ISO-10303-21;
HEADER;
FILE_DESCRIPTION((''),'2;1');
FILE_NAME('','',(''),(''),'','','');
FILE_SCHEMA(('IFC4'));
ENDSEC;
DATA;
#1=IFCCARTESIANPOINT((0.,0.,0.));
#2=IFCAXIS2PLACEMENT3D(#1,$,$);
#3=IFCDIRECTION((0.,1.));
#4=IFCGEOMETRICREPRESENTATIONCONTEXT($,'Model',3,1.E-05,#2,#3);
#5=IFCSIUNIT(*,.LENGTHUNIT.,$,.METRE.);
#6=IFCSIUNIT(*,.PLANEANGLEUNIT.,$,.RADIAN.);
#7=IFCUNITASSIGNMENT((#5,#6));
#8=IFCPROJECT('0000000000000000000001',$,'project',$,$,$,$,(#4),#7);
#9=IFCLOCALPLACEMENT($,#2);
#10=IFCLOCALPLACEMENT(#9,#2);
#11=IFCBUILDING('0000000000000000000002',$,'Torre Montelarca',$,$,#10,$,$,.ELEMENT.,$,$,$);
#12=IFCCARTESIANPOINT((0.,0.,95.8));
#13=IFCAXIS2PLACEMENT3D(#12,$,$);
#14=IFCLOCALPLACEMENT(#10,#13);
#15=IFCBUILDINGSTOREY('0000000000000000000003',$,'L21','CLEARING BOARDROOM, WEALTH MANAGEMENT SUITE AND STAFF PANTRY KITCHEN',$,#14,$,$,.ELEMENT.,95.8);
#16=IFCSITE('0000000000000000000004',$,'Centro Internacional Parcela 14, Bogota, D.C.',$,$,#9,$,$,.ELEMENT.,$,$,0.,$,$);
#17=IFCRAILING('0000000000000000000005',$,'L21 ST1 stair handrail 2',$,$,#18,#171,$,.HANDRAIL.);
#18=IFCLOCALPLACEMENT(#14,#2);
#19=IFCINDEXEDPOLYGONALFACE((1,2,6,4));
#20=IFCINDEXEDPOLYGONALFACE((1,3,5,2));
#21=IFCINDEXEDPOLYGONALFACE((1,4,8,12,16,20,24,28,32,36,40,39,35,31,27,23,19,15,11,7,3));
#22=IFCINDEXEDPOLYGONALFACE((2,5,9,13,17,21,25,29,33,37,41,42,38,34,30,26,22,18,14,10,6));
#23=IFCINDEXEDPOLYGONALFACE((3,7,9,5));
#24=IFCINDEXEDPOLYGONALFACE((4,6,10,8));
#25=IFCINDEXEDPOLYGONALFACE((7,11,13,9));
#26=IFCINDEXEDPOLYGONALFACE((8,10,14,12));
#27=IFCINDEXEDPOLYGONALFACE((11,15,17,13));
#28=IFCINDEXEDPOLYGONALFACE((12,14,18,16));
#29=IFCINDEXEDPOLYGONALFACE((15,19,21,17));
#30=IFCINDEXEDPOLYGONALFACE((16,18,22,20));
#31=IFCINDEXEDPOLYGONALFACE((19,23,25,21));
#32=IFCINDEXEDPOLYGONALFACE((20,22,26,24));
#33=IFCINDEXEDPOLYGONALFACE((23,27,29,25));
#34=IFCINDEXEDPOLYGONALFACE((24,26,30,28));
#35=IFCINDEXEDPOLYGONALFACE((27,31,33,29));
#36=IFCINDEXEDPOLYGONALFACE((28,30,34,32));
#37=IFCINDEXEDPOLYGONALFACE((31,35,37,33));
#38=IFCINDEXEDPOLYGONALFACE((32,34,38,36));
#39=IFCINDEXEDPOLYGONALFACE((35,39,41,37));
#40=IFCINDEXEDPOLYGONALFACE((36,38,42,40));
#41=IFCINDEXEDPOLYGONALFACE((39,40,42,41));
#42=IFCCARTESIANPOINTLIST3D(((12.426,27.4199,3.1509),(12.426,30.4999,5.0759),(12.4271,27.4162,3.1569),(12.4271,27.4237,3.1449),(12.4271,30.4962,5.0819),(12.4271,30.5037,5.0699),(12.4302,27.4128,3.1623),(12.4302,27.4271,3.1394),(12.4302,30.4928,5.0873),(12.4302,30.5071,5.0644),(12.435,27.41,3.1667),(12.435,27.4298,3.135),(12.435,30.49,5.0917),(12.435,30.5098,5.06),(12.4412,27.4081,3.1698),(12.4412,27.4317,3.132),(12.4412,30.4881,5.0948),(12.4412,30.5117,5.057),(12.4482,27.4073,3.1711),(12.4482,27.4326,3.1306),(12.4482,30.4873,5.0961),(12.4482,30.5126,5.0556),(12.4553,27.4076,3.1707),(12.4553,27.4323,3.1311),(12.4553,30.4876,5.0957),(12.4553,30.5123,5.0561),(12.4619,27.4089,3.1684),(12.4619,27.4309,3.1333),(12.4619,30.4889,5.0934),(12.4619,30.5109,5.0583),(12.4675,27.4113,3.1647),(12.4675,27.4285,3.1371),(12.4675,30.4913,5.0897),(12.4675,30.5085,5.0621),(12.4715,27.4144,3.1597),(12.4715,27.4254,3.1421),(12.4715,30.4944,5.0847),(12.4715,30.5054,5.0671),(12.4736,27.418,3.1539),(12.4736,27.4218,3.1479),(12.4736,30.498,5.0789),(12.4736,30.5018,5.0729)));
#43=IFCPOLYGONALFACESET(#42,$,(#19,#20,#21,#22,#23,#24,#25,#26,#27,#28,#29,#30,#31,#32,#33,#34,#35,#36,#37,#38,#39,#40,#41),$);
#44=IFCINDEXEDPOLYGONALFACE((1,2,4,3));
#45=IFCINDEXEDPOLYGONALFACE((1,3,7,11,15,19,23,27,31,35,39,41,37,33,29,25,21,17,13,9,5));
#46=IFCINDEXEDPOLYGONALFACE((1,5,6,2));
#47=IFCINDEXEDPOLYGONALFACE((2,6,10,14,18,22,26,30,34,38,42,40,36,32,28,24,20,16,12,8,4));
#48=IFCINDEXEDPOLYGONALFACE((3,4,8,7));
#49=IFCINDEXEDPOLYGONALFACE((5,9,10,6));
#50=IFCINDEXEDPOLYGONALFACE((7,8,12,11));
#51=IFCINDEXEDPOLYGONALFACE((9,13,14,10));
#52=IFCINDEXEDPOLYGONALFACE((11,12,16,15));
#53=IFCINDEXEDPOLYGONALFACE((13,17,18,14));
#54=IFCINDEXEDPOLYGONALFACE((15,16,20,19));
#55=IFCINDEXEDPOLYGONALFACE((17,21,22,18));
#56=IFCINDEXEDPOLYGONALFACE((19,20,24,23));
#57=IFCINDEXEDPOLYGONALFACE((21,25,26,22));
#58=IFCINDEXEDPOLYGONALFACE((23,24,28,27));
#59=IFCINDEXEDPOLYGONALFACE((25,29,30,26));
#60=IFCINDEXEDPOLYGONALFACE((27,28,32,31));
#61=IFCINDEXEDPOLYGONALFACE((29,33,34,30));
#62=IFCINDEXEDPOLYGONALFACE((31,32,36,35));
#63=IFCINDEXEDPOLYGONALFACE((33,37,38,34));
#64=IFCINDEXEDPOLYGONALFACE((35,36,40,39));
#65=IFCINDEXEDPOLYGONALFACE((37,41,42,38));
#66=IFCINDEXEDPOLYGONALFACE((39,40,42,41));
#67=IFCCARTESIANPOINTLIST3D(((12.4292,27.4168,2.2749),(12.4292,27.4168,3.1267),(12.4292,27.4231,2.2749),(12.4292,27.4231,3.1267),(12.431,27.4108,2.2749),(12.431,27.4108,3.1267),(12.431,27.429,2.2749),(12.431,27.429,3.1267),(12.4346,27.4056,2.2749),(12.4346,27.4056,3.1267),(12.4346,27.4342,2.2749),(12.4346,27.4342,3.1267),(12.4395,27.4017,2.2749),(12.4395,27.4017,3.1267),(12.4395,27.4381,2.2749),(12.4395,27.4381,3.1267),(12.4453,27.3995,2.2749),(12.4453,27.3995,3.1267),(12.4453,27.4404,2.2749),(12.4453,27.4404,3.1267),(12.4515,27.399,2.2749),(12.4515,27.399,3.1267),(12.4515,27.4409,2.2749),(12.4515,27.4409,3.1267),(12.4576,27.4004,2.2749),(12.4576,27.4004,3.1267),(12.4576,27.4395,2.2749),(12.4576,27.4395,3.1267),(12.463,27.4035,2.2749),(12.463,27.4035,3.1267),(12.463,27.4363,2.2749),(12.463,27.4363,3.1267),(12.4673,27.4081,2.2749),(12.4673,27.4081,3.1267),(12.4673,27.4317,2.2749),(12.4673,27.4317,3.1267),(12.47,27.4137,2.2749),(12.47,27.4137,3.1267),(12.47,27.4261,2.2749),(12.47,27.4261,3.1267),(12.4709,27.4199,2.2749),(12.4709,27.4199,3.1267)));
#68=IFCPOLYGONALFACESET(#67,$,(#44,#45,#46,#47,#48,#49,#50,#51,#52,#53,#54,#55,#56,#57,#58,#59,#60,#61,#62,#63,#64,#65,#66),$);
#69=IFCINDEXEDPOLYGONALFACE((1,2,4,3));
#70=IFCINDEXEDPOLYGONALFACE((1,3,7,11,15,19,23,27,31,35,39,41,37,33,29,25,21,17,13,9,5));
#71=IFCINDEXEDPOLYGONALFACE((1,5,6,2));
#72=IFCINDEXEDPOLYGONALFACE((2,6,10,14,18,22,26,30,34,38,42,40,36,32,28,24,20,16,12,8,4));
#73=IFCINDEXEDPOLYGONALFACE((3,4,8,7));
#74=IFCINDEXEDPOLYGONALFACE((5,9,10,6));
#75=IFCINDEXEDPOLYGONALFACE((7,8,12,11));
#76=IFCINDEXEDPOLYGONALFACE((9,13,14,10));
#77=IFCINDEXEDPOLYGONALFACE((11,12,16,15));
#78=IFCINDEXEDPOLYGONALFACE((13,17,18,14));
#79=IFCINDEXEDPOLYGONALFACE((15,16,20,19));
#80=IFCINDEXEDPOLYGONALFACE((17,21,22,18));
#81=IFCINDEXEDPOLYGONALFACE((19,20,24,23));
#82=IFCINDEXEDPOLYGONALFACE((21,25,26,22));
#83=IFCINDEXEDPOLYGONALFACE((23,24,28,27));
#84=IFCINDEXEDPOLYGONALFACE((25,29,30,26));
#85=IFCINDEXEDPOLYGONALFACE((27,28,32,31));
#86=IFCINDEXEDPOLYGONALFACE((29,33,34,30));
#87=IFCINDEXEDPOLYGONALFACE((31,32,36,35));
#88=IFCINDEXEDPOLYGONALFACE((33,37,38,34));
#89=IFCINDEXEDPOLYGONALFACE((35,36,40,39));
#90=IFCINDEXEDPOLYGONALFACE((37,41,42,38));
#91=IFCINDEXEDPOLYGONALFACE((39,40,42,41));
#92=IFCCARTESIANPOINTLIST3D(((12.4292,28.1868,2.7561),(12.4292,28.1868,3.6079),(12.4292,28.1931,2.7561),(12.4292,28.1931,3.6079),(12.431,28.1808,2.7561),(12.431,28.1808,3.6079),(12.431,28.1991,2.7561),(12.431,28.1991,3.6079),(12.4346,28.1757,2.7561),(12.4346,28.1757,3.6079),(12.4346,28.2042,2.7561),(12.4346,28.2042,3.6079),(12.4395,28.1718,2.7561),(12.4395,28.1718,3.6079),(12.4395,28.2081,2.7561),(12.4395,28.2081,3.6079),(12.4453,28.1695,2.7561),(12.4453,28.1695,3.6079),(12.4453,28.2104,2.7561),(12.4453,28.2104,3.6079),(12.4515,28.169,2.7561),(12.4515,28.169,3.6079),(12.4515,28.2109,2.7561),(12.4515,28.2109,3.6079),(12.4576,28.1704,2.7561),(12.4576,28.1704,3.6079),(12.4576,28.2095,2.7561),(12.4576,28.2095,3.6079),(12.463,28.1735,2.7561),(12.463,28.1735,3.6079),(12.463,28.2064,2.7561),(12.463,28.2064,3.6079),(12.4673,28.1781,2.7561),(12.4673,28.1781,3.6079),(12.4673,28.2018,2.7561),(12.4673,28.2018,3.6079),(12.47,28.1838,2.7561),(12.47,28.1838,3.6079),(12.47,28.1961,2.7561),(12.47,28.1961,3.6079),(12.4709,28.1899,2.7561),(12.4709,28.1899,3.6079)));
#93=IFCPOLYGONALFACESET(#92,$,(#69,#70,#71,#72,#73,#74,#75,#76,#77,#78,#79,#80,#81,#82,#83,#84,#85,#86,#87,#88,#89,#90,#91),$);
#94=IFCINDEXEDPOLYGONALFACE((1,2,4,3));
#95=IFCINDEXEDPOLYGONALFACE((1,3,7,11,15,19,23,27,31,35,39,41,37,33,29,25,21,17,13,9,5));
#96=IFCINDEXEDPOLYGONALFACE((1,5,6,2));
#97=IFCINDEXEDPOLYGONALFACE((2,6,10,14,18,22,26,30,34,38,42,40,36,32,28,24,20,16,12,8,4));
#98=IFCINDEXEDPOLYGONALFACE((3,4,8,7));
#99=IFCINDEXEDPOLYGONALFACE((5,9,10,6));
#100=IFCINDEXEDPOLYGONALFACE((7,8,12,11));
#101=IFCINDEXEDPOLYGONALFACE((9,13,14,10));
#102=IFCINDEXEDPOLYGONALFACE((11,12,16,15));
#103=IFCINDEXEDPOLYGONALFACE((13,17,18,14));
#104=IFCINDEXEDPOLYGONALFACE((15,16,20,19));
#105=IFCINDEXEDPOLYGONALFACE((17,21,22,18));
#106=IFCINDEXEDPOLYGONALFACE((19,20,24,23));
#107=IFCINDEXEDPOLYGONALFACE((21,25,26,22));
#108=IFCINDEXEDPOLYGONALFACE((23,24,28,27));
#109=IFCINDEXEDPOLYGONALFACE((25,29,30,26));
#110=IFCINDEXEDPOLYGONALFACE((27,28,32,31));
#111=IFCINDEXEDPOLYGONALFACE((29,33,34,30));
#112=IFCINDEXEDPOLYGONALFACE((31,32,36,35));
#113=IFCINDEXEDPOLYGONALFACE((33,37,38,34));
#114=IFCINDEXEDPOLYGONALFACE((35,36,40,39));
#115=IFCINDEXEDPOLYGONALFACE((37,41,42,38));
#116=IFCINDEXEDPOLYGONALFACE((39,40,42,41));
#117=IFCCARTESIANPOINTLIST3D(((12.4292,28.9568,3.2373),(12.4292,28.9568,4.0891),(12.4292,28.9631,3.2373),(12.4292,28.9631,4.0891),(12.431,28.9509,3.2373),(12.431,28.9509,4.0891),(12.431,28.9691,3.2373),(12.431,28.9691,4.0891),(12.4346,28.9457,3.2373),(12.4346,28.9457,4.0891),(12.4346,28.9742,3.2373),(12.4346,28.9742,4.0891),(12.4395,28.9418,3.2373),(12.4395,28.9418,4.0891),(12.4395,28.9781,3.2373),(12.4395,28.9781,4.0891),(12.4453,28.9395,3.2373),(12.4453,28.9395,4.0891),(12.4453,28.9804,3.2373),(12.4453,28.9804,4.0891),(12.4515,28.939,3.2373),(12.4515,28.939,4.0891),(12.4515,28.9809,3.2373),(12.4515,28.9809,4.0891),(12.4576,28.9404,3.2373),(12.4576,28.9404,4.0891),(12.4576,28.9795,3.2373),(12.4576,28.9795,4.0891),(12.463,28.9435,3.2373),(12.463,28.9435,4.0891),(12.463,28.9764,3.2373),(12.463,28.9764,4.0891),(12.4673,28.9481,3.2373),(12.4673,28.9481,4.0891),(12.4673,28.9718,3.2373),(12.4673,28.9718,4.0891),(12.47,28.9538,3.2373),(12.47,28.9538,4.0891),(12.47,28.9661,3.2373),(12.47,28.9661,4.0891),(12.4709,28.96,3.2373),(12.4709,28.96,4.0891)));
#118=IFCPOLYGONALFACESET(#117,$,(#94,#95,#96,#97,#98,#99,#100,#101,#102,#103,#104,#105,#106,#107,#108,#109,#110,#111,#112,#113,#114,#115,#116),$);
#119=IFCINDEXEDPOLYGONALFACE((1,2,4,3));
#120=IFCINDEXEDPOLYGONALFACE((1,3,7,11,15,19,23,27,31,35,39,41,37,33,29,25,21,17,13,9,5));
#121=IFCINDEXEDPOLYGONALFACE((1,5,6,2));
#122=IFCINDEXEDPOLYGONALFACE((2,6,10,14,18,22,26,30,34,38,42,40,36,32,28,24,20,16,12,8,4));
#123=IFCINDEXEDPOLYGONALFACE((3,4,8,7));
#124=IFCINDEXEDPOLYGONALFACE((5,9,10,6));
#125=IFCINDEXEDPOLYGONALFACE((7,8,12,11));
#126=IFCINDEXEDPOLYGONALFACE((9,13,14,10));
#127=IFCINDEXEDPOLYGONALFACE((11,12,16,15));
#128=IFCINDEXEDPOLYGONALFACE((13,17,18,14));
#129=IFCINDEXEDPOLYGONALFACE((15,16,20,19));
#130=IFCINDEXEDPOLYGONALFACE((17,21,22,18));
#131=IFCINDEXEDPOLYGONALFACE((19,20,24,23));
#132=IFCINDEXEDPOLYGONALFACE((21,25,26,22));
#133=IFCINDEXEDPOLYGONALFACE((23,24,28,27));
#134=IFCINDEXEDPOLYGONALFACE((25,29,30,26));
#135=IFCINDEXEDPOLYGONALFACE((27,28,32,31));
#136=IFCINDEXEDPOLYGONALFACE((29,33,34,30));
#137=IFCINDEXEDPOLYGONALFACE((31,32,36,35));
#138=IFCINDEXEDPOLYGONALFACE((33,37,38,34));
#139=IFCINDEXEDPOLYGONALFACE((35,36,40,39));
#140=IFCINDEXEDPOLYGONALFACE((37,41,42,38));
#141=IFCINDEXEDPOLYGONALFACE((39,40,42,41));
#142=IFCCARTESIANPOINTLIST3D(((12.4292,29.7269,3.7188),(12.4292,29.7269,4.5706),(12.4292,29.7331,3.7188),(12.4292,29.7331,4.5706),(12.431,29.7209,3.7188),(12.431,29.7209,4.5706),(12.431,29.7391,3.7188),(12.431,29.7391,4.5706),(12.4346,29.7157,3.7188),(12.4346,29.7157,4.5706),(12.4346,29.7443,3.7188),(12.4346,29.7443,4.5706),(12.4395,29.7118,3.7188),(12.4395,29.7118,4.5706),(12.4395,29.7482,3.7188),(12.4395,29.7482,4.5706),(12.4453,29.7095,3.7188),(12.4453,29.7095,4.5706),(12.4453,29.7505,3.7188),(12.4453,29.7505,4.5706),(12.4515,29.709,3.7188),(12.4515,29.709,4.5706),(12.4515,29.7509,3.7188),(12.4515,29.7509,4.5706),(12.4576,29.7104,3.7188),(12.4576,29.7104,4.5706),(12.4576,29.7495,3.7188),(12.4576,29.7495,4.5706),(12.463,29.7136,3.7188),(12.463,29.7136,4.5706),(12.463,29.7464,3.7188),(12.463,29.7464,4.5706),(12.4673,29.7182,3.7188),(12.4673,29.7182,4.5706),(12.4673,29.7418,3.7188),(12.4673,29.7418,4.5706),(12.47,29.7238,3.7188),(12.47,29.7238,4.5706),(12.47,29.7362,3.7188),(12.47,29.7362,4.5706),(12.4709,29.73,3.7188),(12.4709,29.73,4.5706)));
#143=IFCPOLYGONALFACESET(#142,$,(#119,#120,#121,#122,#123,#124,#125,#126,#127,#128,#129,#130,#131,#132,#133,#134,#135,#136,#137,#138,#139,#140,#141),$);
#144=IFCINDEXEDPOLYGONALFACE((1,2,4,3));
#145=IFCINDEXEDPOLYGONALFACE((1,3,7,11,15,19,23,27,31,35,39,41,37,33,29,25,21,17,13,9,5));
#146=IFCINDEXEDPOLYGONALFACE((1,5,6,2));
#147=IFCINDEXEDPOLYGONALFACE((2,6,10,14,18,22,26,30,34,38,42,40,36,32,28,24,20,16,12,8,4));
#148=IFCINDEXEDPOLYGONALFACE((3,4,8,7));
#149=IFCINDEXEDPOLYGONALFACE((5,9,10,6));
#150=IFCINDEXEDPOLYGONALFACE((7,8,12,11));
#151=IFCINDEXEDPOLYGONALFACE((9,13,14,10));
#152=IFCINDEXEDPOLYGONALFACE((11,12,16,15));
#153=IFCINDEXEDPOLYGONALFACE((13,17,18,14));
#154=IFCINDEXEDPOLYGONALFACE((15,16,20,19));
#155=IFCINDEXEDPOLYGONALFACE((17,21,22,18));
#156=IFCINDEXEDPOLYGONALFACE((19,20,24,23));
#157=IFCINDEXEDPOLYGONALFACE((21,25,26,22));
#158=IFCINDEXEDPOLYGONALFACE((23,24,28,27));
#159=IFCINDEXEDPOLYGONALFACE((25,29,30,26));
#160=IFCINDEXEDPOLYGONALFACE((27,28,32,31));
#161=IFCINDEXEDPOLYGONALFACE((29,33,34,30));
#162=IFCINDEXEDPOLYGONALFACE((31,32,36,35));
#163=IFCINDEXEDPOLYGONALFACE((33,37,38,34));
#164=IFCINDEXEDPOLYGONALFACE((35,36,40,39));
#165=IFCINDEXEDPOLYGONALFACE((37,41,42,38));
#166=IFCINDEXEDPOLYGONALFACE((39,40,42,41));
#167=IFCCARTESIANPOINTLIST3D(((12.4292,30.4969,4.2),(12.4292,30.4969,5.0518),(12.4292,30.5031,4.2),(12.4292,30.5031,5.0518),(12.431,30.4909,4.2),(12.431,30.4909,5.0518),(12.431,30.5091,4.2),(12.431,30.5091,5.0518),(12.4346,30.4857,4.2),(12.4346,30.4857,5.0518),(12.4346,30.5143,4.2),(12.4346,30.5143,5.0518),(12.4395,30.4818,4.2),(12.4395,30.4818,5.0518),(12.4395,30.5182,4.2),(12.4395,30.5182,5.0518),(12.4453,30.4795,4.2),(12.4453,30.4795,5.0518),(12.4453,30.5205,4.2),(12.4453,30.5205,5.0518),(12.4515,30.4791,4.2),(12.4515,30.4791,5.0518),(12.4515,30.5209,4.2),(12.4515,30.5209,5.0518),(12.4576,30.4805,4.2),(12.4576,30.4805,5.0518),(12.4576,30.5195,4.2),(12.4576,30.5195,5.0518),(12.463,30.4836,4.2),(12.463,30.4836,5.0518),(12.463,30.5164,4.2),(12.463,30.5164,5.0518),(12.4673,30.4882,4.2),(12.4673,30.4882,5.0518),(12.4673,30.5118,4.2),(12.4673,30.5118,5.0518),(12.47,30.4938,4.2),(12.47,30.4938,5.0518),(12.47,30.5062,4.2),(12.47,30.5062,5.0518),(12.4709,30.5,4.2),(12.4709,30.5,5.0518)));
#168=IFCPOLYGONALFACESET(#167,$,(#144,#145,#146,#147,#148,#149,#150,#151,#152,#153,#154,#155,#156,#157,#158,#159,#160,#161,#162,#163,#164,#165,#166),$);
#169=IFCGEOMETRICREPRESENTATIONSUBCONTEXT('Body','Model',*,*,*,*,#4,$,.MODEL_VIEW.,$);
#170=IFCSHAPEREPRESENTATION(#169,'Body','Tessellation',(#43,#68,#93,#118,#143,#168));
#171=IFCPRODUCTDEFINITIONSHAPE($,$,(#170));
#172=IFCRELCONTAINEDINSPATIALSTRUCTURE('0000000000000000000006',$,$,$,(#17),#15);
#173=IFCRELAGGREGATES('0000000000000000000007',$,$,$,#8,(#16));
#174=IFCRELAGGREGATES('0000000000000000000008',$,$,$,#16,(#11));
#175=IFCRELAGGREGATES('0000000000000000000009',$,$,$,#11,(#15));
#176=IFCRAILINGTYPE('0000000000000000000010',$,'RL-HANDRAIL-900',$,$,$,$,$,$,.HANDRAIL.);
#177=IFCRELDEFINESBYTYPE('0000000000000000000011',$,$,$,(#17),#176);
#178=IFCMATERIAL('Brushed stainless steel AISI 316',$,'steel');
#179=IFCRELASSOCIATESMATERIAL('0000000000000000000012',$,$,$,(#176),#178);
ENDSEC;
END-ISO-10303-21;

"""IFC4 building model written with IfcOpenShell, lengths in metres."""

from ifc_helpers import new_model, si_unit, direction, frame, origin, origin_2d, place, context, subcontext, project, spatial, circle, extrude, material, type_object, element, save


model = new_model("IFC4")

# Units and contexts
model_context = context("Model", 3, precision=1e-05, world=origin(), true_north=direction((0.0, 1.0)))
body_context = subcontext(model_context, "Body", "Model", "MODEL_VIEW")
ifc_project = project(units=[si_unit("LENGTHUNIT", "METRE"), si_unit("PLANEANGLEUNIT", "RADIAN")], contexts=[model_context])

# Site, building, storey
site_placement = place(None, origin())
site = spatial("IfcSite", under=ifc_project, at=site_placement, Name="Centro Internacional Parcela 14, Bogota, D.C.", CompositionType="ELEMENT", RefElevation=0.0)
building_placement = place(site_placement, origin())
building = spatial("IfcBuilding", under=site, at=building_placement, Name="Torre Montelarca", CompositionType="ELEMENT")
storey_placement = place(building_placement, frame((0.0, 0.0, 95.8)))
storey = spatial("IfcBuildingStorey", under=building, at=storey_placement, Name="L21", Description="CLEARING BOARDROOM, WEALTH MANAGEMENT SUITE AND STAFF PANTRY KITCHEN", CompositionType="ELEMENT", Elevation=95.8)

# Shared definitions
ifc_material_1 = material(Name="Brushed stainless steel AISI 316", Category="steel")

# Railing
railing_type_1 = type_object("IfcRailingType", Name="RL-HANDRAIL-900", PredefinedType="HANDRAIL", material=ifc_material_1)
railing_1_placement = place(storey_placement, frame((12.45, 27.4199, 2.2749)))
element("IfcRailing", 1, at=railing_1_placement, inside=storey, type_object=railing_type_1, Name="L21 ST1 stair handrail 2", PredefinedType="HANDRAIL", context=body_context, shape_type="SweptSolid", body=[
    extrude(circle(Radius=0.0239, at=origin_2d()), frame((0.0, 0.0, 0.876), z_axis=(0.0, 0.847998, 0.529999), x_axis=(-1.0, 0.0, 0.0)), (0.0, 0.0, 1.0), 3.6321),
    extrude(circle(Radius=0.021, at=origin_2d()), origin(), (0.0, 0.0, 1.0), 0.8518),
    extrude(circle(Radius=0.021, at=origin_2d()), frame((0.0, 0.77, 0.4812)), (0.0, 0.0, 1.0), 0.8518),
    extrude(circle(Radius=0.021, at=origin_2d()), frame((0.0, 1.54, 0.9624)), (0.0, 0.0, 1.0), 0.8518),
    extrude(circle(Radius=0.021, at=origin_2d()), frame((0.0, 2.3101, 1.4438)), (0.0, 0.0, 1.0), 0.8518),
    extrude(circle(Radius=0.021, at=origin_2d()), frame((0.0, 3.0801, 1.925)), (0.0, 0.0, 1.0), 0.8518),
])

save(model, "model.ifc")
